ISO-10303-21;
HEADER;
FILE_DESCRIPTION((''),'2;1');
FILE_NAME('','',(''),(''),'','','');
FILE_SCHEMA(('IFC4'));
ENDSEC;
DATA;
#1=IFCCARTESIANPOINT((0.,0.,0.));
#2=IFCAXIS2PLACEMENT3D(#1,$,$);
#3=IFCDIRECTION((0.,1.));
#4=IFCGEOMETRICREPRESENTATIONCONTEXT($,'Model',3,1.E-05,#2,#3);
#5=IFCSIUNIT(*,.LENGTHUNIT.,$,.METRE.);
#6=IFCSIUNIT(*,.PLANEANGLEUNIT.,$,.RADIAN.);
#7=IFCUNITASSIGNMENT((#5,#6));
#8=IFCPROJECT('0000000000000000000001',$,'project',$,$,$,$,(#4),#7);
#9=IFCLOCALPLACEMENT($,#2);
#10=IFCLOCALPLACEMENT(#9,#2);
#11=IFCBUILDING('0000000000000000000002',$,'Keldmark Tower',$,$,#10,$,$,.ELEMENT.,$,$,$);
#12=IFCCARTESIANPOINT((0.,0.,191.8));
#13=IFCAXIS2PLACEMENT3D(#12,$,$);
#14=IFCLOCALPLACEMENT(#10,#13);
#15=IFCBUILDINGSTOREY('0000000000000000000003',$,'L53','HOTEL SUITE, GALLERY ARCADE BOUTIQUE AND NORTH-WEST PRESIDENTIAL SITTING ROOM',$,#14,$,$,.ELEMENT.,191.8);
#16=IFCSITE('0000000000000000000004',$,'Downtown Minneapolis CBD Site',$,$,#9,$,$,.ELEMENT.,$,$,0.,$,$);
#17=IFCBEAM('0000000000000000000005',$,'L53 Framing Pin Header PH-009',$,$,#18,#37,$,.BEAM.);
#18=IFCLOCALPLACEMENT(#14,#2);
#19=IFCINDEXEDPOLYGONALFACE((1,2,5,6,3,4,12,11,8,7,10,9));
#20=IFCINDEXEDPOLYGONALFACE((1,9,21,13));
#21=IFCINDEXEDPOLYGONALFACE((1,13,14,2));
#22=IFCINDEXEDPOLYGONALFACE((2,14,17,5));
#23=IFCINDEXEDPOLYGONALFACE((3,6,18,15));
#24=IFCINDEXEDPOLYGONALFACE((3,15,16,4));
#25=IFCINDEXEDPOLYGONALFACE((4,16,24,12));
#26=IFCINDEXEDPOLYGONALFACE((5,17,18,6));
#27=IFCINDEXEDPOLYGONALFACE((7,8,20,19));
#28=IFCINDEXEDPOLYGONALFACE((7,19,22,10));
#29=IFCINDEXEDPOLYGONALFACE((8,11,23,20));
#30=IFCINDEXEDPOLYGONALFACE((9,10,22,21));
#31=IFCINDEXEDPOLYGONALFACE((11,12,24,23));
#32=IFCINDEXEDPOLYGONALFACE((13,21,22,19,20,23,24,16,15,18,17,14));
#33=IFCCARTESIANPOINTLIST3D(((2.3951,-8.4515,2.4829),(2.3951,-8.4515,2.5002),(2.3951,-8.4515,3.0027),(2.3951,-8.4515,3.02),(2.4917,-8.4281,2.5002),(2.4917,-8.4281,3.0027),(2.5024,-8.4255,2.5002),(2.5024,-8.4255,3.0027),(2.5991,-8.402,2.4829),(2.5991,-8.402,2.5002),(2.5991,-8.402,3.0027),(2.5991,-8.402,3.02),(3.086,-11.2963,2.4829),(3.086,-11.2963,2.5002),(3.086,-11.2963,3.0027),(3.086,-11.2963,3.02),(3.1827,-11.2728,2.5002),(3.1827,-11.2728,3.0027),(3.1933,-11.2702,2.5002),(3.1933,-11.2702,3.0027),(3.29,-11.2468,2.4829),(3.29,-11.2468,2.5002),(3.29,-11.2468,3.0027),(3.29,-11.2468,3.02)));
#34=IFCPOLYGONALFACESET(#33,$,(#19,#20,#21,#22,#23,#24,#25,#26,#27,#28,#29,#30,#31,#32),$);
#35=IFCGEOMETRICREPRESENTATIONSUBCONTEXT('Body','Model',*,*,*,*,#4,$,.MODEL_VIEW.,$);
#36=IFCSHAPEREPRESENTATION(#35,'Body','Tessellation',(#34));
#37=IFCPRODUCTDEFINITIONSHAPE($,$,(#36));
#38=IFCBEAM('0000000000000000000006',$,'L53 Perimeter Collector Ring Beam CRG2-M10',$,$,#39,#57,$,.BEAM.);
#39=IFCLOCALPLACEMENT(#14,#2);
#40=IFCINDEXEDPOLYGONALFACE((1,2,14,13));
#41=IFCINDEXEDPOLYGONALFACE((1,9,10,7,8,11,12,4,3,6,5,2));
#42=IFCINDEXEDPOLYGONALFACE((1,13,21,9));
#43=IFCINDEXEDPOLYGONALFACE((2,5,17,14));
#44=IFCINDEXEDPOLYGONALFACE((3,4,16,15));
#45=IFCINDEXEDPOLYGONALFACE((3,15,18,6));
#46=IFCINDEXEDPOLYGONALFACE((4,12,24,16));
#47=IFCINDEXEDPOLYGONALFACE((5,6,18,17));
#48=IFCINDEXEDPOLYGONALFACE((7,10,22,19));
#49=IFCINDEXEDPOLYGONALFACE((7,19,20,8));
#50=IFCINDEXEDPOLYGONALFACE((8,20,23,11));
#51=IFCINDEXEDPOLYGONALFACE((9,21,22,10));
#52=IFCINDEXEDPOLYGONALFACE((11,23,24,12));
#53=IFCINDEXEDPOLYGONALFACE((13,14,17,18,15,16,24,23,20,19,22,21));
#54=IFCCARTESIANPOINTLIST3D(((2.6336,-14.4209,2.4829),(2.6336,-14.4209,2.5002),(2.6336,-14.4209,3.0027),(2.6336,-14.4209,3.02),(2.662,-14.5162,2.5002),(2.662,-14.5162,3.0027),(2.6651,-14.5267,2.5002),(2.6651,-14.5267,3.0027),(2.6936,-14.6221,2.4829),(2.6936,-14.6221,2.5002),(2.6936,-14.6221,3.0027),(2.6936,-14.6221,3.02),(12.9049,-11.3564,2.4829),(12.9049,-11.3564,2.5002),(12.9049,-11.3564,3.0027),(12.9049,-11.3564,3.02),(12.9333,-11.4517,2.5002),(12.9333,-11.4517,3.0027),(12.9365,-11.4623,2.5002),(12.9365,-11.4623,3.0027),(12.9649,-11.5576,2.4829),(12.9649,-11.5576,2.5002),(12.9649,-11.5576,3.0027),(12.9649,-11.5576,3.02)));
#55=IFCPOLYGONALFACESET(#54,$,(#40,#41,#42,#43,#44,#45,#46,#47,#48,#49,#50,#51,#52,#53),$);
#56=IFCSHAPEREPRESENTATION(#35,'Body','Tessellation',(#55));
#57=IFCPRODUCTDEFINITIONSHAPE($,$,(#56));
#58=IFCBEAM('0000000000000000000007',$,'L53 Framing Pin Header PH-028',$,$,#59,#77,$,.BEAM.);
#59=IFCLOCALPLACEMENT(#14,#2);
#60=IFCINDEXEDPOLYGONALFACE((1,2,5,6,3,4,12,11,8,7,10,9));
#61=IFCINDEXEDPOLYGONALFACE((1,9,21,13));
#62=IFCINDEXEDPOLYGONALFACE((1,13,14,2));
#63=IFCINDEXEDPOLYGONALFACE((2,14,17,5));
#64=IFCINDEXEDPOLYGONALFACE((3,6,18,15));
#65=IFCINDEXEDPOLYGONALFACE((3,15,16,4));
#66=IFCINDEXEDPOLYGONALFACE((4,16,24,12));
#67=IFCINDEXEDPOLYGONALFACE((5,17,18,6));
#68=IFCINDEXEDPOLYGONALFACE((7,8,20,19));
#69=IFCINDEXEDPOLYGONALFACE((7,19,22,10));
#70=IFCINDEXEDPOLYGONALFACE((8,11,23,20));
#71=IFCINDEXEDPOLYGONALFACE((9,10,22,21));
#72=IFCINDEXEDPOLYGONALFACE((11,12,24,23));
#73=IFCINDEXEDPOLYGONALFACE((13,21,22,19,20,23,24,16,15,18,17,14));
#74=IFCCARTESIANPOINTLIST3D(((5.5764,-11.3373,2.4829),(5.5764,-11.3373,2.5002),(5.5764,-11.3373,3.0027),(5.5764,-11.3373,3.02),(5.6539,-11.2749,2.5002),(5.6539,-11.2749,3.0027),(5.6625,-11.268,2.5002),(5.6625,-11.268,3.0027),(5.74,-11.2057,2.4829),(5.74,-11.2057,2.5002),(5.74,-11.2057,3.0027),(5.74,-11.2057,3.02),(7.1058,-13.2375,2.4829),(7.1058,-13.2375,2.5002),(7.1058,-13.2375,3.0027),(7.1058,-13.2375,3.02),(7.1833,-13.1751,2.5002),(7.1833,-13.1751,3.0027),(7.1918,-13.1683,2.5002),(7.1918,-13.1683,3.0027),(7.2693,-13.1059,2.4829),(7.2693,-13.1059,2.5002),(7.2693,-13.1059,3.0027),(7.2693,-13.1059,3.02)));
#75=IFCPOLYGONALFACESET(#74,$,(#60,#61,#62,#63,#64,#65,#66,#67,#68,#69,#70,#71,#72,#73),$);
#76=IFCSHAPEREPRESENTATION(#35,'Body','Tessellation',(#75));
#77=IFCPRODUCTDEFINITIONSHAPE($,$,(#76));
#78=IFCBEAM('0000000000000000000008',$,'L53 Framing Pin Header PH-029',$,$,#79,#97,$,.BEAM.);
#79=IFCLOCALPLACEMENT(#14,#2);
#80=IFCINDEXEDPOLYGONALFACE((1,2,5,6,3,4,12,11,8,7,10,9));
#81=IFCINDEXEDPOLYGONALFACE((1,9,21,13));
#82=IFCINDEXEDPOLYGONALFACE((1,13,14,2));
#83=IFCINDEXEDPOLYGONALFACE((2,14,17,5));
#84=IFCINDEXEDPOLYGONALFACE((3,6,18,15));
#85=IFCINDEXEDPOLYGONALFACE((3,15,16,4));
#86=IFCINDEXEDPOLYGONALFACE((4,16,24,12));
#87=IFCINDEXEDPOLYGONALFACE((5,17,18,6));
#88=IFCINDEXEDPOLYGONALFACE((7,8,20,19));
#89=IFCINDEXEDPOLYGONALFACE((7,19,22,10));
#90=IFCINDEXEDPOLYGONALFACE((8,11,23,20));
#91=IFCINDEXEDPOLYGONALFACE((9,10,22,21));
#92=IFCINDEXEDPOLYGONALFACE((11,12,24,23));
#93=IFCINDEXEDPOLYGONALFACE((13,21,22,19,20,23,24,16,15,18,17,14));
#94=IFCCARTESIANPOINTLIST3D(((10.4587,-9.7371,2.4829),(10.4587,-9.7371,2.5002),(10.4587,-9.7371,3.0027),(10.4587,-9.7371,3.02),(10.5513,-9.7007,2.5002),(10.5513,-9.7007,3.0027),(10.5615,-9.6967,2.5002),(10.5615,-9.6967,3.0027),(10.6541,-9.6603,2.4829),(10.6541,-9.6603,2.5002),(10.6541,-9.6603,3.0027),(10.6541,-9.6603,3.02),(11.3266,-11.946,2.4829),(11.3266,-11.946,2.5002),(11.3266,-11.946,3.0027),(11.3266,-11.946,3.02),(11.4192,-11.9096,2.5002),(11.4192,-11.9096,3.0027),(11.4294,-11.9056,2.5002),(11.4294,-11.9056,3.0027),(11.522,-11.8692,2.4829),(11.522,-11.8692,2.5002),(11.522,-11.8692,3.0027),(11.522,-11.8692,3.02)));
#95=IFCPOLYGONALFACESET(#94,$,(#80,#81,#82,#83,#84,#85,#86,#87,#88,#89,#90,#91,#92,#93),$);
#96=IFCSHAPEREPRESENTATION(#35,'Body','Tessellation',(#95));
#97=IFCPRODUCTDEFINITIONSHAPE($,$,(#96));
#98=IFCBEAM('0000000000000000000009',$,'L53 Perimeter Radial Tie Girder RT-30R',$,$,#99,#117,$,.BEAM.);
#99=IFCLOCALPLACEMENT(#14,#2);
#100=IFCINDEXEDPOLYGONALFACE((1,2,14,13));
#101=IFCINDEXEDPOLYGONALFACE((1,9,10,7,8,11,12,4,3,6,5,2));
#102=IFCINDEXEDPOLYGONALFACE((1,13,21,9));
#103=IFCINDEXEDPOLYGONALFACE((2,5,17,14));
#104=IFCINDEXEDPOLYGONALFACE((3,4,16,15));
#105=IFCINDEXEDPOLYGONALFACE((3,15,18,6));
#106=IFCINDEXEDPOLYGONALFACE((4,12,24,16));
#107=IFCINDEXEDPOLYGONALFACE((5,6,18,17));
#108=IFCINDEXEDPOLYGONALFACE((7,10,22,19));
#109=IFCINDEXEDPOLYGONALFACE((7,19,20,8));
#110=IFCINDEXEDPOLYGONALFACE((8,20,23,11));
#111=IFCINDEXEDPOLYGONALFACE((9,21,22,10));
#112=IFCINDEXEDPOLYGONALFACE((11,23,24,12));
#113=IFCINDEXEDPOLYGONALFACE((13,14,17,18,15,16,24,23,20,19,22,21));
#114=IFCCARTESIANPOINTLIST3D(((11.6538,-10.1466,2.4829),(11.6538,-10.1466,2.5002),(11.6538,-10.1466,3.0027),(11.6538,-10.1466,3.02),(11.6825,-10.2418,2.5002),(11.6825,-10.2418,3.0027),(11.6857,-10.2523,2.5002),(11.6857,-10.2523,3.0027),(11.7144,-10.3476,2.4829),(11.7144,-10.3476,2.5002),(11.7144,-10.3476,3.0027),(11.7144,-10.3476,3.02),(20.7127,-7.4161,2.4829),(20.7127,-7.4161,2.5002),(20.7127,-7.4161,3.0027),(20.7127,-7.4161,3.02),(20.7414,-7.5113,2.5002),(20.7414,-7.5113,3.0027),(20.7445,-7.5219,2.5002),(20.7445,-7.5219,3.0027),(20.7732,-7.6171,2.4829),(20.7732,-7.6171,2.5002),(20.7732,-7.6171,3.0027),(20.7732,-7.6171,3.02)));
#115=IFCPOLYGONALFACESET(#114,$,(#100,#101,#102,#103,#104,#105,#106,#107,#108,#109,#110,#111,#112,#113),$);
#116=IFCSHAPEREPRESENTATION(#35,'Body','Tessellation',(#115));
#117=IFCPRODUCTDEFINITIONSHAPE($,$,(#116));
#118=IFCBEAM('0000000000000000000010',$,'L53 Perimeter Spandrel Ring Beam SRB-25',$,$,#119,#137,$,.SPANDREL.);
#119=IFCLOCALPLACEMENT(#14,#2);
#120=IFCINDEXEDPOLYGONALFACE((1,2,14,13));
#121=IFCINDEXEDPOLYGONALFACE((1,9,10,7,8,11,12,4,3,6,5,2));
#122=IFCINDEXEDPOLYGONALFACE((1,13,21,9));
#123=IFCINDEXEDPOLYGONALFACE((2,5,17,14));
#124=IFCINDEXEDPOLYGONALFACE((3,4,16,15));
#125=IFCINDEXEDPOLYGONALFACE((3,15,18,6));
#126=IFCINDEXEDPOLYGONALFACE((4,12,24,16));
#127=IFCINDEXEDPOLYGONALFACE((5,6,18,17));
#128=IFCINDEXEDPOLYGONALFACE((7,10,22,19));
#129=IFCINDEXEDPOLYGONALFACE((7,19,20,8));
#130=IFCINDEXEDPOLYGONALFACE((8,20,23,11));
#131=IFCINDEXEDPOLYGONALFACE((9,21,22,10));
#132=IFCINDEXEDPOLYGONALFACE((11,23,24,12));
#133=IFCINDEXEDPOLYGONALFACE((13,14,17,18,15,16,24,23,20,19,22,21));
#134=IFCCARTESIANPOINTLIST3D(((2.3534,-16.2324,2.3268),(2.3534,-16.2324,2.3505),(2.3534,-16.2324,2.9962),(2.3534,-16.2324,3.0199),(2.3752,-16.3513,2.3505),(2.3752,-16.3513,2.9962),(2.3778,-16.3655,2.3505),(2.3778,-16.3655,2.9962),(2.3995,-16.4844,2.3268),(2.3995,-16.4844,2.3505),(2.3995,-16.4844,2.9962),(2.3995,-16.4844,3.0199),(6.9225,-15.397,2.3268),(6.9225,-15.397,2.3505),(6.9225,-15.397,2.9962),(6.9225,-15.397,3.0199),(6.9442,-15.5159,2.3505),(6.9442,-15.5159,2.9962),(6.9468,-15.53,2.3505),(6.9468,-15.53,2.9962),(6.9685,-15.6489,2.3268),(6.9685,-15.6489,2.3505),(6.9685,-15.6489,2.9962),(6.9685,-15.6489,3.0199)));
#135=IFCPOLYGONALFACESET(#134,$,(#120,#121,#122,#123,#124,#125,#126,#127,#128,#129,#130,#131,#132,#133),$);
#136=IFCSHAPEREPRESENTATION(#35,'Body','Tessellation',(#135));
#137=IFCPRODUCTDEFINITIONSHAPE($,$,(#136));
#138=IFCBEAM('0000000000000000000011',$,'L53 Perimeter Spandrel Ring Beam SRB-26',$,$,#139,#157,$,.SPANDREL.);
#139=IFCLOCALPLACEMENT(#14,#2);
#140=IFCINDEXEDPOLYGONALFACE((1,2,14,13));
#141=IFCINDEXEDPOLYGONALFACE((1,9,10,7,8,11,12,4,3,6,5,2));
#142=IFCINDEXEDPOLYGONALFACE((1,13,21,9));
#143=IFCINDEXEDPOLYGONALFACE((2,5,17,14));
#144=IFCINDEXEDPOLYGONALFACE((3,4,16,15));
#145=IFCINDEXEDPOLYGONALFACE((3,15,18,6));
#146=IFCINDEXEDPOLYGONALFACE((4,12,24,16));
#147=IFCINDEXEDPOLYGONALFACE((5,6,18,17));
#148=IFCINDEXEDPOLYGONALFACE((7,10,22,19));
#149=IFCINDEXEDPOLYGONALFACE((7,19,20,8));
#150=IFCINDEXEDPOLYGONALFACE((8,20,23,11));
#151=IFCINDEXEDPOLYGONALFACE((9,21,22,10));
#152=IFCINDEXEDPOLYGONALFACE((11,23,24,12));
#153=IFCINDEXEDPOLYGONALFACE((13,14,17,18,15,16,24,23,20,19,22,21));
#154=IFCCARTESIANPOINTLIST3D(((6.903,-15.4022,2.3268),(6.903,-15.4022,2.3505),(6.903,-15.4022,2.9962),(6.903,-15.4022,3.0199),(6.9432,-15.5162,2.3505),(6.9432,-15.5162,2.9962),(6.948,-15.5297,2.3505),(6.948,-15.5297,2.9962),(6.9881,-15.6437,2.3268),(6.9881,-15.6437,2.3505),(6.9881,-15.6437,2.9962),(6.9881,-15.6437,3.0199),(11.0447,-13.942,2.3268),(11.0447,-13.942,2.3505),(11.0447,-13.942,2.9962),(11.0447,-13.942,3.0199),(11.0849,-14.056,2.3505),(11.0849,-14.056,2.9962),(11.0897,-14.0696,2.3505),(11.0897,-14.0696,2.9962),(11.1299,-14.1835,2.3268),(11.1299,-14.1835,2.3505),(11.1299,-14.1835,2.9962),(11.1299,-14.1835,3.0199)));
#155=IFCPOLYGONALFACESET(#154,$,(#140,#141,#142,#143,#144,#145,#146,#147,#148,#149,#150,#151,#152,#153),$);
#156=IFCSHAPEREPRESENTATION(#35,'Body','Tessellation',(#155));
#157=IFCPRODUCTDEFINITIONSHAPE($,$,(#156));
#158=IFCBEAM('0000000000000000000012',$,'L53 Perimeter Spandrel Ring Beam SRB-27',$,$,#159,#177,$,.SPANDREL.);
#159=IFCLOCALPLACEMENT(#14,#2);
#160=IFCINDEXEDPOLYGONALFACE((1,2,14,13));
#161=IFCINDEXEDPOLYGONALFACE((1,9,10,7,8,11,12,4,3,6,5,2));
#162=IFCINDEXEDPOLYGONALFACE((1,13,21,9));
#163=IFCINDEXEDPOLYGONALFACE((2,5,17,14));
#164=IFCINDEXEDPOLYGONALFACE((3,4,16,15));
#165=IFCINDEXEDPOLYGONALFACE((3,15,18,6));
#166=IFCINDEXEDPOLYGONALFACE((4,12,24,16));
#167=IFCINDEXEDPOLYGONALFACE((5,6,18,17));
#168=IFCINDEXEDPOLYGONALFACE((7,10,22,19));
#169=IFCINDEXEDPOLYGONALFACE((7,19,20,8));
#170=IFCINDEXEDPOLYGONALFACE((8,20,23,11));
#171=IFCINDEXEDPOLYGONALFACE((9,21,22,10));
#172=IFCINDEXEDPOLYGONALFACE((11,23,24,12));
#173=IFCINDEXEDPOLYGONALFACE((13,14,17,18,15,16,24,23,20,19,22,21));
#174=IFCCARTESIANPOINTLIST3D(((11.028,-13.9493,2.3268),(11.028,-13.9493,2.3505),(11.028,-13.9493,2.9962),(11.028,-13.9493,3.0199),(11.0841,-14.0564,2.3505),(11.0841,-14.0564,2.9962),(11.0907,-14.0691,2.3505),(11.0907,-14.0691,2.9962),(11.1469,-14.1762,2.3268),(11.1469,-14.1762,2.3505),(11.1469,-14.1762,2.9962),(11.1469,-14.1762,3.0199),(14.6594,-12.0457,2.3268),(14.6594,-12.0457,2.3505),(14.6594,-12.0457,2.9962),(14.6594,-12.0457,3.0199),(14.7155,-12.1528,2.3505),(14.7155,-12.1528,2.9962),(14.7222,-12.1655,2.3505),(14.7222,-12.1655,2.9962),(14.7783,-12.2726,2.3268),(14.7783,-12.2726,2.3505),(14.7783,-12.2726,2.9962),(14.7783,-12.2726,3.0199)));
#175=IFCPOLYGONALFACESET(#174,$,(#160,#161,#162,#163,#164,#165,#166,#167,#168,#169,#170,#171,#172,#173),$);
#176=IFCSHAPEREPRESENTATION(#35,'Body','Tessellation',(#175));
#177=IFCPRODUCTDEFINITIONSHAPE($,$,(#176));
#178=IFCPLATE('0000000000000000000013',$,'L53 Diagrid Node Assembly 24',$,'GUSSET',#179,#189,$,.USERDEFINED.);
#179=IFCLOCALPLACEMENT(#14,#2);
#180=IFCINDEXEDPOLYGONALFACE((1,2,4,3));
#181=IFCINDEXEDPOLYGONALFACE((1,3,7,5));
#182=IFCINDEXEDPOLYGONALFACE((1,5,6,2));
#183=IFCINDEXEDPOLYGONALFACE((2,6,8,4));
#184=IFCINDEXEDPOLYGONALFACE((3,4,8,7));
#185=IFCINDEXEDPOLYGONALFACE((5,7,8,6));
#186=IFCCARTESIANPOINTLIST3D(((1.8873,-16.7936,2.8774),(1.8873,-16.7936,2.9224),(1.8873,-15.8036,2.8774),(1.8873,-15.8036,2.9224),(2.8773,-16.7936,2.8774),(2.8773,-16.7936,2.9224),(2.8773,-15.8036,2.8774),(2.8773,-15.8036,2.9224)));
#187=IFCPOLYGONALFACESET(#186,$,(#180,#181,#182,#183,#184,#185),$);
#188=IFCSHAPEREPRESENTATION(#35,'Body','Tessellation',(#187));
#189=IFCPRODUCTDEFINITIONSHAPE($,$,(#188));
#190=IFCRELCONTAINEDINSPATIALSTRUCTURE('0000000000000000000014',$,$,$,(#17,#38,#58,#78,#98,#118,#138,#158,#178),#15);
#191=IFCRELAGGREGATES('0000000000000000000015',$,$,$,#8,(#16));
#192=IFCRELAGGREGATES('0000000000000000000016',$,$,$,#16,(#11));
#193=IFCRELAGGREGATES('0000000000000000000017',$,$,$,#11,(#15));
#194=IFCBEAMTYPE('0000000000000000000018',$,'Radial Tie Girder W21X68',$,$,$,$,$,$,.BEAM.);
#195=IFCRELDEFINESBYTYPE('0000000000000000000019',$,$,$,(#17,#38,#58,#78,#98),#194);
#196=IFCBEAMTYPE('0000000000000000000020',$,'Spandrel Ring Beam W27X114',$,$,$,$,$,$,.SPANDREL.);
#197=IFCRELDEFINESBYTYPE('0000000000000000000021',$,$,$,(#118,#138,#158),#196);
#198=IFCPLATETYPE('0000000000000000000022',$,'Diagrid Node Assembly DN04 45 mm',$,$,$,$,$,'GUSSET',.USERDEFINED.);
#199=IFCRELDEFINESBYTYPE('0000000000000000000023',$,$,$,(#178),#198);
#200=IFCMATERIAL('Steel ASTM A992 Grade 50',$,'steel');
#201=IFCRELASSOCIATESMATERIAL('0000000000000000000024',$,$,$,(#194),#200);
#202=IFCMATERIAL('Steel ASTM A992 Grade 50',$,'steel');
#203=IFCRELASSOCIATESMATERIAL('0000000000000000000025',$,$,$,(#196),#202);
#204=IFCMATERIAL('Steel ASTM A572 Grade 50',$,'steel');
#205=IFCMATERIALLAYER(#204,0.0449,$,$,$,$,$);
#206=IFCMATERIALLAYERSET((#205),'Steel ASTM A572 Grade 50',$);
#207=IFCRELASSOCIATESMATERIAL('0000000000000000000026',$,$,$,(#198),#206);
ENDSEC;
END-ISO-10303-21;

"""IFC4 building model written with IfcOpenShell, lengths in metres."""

from ifc_helpers import new_model, si_unit, direction, frame, origin, origin_2d, place, context, subcontext, project, spatial, rectangle, i_section, extrude, material, layer, layer_set, material_profile, profile_set, type_object, element, save


model = new_model("IFC4")

# Units and contexts
model_context = context("Model", 3, precision=1e-05, world=origin(), true_north=direction((0.0, 1.0)))
body_context = subcontext(model_context, "Body", "Model", "MODEL_VIEW")
ifc_project = project(units=[si_unit("LENGTHUNIT", "METRE"), si_unit("PLANEANGLEUNIT", "RADIAN")], contexts=[model_context])

# Site, building, storey
site_placement = place(None, origin())
site = spatial("IfcSite", under=ifc_project, at=site_placement, Name="Downtown Minneapolis CBD Site", CompositionType="ELEMENT", RefElevation=0.0)
building_placement = place(site_placement, origin())
building = spatial("IfcBuilding", under=site, at=building_placement, Name="Keldmark Tower", CompositionType="ELEMENT")
storey_placement = place(building_placement, frame((0.0, 0.0, 191.8)))
storey = spatial("IfcBuildingStorey", under=building, at=storey_placement, Name="L53", Description="HOTEL SUITE, GALLERY ARCADE BOUTIQUE AND NORTH-WEST PRESIDENTIAL SITTING ROOM", CompositionType="ELEMENT", Elevation=191.8)

# Beams
ifc_material_1 = material(Name="Steel ASTM A992 Grade 50", Category="steel")
ifc_material_profile_1 = material_profile(ifc_material_1, i_section(OverallWidth=0.21, OverallDepth=0.5371, WebThickness=0.011, FlangeThickness=0.0173, at=origin_2d()), Name="W21X68")
ifc_profile_set_1 = profile_set([ifc_material_profile_1], Name="Steel ASTM A992 Grade 50")
beam_type_1 = type_object("IfcBeamType", Name="Radial Tie Girder W21X68", PredefinedType="BEAM", material=ifc_profile_set_1)
beam_1_placement = place(storey_placement, frame((2.4971, -8.4268, 2.7515), z_axis=(0.236015, -0.971749, 0.0), x_axis=(0.971749, 0.236015, 0.0)))
element("IfcBeam", 1, at=beam_1_placement, inside=storey, type_object=beam_type_1, Name="L53 Framing Pin Header PH-009", PredefinedType="BEAM", context=body_context, shape_type="SweptSolid", body=[
    extrude(i_section(OverallWidth=0.21, OverallDepth=0.5371, WebThickness=0.011, FlangeThickness=0.0173, at=origin_2d()), origin(), (0.0, 0.0, 1.0), 2.9275),
])
beam_2_placement = place(storey_placement, frame((2.6636, -14.5215, 2.7515), z_axis=(0.95826, 0.285899, 0.0), x_axis=(-0.285899, 0.95826, 0.0)))
element("IfcBeam", 2, at=beam_2_placement, inside=storey, type_object=beam_type_1, Name="L53 Perimeter Collector Ring Beam CRG2-M10", PredefinedType="BEAM", context=body_context, shape_type="SweptSolid", body=[
    extrude(i_section(OverallWidth=0.21, OverallDepth=0.5371, WebThickness=0.011, FlangeThickness=0.0173, at=origin_2d()), origin(), (0.0, 0.0, 1.0), 10.7188),
])
beam_3_placement = place(storey_placement, frame((5.6582, -11.2715, 2.7515), z_axis=(0.626987, -0.77903, 0.0), x_axis=(0.77903, 0.626987, 0.0)))
element("IfcBeam", 3, at=beam_3_placement, inside=storey, type_object=beam_type_1, Name="L53 Framing Pin Header PH-028", PredefinedType="BEAM", context=body_context, shape_type="SweptSolid", body=[
    extrude(i_section(OverallWidth=0.21, OverallDepth=0.5371, WebThickness=0.011, FlangeThickness=0.0173, at=origin_2d()), origin(), (0.0, 0.0, 1.0), 2.4392),
])
beam_4_placement = place(storey_placement, frame((10.5564, -9.6987, 2.7515), z_axis=(0.365691, -0.930736, 0.0), x_axis=(0.930736, 0.365691, 0.0)))
element("IfcBeam", 4, at=beam_4_placement, inside=storey, type_object=beam_type_1, Name="L53 Framing Pin Header PH-029", PredefinedType="BEAM", context=body_context, shape_type="SweptSolid", body=[
    extrude(i_section(OverallWidth=0.21, OverallDepth=0.5371, WebThickness=0.011, FlangeThickness=0.0173, at=origin_2d()), origin(), (0.0, 0.0, 1.0), 2.3733),
])
beam_5_placement = place(storey_placement, frame((11.6841, -10.2471, 2.7515), z_axis=(0.957453, 0.28859, 0.0), x_axis=(-0.28859, 0.957453, 0.0)))
element("IfcBeam", 5, at=beam_5_placement, inside=storey, type_object=beam_type_1, Name="L53 Perimeter Radial Tie Girder RT-30R", PredefinedType="BEAM", context=body_context, shape_type="SweptSolid", body=[
    extrude(i_section(OverallWidth=0.21, OverallDepth=0.5371, WebThickness=0.011, FlangeThickness=0.0173, at=origin_2d()), origin(), (0.0, 0.0, 1.0), 9.4614),
])
ifc_material_2 = material(Name="Steel ASTM A992 Grade 50", Category="steel")
ifc_material_profile_2 = material_profile(ifc_material_2, i_section(OverallWidth=0.2561, OverallDepth=0.6931, WebThickness=0.0144, FlangeThickness=0.0237, at=origin_2d()), Name="W27X114")
ifc_profile_set_2 = profile_set([ifc_material_profile_2], Name="Steel ASTM A992 Grade 50")
beam_type_2 = type_object("IfcBeamType", Name="Spandrel Ring Beam W27X114", PredefinedType="SPANDREL", material=ifc_profile_set_2)
beam_6_placement = place(storey_placement, frame((2.3765, -16.3584, 2.6733), z_axis=(0.983691, 0.179866, 0.0), x_axis=(-0.179866, 0.983691, 0.0)))
element("IfcBeam", 6, at=beam_6_placement, inside=storey, type_object=beam_type_2, Name="L53 Perimeter Spandrel Ring Beam SRB-25", PredefinedType="SPANDREL", context=body_context, shape_type="SweptSolid", body=[
    extrude(i_section(OverallWidth=0.2561, OverallDepth=0.6931, WebThickness=0.0144, FlangeThickness=0.0237, at=origin_2d()), origin(), (0.0, 0.0, 1.0), 4.6448),
])
beam_7_placement = place(storey_placement, frame((6.9456, -15.5229, 2.6733), z_axis=(0.943106, 0.332492, 0.0), x_axis=(-0.332492, 0.943106, 0.0)))
element("IfcBeam", 7, at=beam_7_placement, inside=storey, type_object=beam_type_2, Name="L53 Perimeter Spandrel Ring Beam SRB-26", PredefinedType="SPANDREL", context=body_context, shape_type="SweptSolid", body=[
    extrude(i_section(OverallWidth=0.2561, OverallDepth=0.6931, WebThickness=0.0144, FlangeThickness=0.0237, at=origin_2d()), origin(), (0.0, 0.0, 1.0), 4.3916),
])
beam_8_placement = place(storey_placement, frame((11.0874, -14.0627, 2.6733), z_axis=(0.885688, 0.464281, 0.0), x_axis=(-0.464281, 0.885688, 0.0)))
element("IfcBeam", 8, at=beam_8_placement, inside=storey, type_object=beam_type_2, Name="L53 Perimeter Spandrel Ring Beam SRB-27", PredefinedType="SPANDREL", context=body_context, shape_type="SweptSolid", body=[
    extrude(i_section(OverallWidth=0.2561, OverallDepth=0.6931, WebThickness=0.0144, FlangeThickness=0.0237, at=origin_2d()), origin(), (0.0, 0.0, 1.0), 4.1001),
])

# Plate
ifc_material_3 = material(Name="Steel ASTM A572 Grade 50", Category="steel")
ifc_layer_1 = layer(ifc_material_3, 0.0449)
ifc_layer_set_1 = layer_set([ifc_layer_1], Name="Steel ASTM A572 Grade 50")
plate_type = type_object("IfcPlateType", Name="Diagrid Node Assembly DN04 45 mm", ElementType="GUSSET", PredefinedType="USERDEFINED", material=ifc_layer_set_1)
for number, where, z_axis, x_axis, name in (
    (9, (2.3823, -16.2986, 2.8774), (0.0, 0.0, 1.0), (1.0, 0.0, 0.0), "L53 Diagrid Node Assembly 24"),
):
    element("IfcPlate", number, at=place(storey_placement, frame(where, z_axis=z_axis, x_axis=x_axis)), inside=storey, type_object=plate_type, Name=name, ObjectType="GUSSET", PredefinedType="USERDEFINED", context=body_context, shape_type="SweptSolid", body=[
        extrude(rectangle(XDim=0.99, YDim=0.99, at=origin_2d()), origin(), (0.0, 0.0, 1.0), 0.0449),
    ])

save(model, "model.ifc")
